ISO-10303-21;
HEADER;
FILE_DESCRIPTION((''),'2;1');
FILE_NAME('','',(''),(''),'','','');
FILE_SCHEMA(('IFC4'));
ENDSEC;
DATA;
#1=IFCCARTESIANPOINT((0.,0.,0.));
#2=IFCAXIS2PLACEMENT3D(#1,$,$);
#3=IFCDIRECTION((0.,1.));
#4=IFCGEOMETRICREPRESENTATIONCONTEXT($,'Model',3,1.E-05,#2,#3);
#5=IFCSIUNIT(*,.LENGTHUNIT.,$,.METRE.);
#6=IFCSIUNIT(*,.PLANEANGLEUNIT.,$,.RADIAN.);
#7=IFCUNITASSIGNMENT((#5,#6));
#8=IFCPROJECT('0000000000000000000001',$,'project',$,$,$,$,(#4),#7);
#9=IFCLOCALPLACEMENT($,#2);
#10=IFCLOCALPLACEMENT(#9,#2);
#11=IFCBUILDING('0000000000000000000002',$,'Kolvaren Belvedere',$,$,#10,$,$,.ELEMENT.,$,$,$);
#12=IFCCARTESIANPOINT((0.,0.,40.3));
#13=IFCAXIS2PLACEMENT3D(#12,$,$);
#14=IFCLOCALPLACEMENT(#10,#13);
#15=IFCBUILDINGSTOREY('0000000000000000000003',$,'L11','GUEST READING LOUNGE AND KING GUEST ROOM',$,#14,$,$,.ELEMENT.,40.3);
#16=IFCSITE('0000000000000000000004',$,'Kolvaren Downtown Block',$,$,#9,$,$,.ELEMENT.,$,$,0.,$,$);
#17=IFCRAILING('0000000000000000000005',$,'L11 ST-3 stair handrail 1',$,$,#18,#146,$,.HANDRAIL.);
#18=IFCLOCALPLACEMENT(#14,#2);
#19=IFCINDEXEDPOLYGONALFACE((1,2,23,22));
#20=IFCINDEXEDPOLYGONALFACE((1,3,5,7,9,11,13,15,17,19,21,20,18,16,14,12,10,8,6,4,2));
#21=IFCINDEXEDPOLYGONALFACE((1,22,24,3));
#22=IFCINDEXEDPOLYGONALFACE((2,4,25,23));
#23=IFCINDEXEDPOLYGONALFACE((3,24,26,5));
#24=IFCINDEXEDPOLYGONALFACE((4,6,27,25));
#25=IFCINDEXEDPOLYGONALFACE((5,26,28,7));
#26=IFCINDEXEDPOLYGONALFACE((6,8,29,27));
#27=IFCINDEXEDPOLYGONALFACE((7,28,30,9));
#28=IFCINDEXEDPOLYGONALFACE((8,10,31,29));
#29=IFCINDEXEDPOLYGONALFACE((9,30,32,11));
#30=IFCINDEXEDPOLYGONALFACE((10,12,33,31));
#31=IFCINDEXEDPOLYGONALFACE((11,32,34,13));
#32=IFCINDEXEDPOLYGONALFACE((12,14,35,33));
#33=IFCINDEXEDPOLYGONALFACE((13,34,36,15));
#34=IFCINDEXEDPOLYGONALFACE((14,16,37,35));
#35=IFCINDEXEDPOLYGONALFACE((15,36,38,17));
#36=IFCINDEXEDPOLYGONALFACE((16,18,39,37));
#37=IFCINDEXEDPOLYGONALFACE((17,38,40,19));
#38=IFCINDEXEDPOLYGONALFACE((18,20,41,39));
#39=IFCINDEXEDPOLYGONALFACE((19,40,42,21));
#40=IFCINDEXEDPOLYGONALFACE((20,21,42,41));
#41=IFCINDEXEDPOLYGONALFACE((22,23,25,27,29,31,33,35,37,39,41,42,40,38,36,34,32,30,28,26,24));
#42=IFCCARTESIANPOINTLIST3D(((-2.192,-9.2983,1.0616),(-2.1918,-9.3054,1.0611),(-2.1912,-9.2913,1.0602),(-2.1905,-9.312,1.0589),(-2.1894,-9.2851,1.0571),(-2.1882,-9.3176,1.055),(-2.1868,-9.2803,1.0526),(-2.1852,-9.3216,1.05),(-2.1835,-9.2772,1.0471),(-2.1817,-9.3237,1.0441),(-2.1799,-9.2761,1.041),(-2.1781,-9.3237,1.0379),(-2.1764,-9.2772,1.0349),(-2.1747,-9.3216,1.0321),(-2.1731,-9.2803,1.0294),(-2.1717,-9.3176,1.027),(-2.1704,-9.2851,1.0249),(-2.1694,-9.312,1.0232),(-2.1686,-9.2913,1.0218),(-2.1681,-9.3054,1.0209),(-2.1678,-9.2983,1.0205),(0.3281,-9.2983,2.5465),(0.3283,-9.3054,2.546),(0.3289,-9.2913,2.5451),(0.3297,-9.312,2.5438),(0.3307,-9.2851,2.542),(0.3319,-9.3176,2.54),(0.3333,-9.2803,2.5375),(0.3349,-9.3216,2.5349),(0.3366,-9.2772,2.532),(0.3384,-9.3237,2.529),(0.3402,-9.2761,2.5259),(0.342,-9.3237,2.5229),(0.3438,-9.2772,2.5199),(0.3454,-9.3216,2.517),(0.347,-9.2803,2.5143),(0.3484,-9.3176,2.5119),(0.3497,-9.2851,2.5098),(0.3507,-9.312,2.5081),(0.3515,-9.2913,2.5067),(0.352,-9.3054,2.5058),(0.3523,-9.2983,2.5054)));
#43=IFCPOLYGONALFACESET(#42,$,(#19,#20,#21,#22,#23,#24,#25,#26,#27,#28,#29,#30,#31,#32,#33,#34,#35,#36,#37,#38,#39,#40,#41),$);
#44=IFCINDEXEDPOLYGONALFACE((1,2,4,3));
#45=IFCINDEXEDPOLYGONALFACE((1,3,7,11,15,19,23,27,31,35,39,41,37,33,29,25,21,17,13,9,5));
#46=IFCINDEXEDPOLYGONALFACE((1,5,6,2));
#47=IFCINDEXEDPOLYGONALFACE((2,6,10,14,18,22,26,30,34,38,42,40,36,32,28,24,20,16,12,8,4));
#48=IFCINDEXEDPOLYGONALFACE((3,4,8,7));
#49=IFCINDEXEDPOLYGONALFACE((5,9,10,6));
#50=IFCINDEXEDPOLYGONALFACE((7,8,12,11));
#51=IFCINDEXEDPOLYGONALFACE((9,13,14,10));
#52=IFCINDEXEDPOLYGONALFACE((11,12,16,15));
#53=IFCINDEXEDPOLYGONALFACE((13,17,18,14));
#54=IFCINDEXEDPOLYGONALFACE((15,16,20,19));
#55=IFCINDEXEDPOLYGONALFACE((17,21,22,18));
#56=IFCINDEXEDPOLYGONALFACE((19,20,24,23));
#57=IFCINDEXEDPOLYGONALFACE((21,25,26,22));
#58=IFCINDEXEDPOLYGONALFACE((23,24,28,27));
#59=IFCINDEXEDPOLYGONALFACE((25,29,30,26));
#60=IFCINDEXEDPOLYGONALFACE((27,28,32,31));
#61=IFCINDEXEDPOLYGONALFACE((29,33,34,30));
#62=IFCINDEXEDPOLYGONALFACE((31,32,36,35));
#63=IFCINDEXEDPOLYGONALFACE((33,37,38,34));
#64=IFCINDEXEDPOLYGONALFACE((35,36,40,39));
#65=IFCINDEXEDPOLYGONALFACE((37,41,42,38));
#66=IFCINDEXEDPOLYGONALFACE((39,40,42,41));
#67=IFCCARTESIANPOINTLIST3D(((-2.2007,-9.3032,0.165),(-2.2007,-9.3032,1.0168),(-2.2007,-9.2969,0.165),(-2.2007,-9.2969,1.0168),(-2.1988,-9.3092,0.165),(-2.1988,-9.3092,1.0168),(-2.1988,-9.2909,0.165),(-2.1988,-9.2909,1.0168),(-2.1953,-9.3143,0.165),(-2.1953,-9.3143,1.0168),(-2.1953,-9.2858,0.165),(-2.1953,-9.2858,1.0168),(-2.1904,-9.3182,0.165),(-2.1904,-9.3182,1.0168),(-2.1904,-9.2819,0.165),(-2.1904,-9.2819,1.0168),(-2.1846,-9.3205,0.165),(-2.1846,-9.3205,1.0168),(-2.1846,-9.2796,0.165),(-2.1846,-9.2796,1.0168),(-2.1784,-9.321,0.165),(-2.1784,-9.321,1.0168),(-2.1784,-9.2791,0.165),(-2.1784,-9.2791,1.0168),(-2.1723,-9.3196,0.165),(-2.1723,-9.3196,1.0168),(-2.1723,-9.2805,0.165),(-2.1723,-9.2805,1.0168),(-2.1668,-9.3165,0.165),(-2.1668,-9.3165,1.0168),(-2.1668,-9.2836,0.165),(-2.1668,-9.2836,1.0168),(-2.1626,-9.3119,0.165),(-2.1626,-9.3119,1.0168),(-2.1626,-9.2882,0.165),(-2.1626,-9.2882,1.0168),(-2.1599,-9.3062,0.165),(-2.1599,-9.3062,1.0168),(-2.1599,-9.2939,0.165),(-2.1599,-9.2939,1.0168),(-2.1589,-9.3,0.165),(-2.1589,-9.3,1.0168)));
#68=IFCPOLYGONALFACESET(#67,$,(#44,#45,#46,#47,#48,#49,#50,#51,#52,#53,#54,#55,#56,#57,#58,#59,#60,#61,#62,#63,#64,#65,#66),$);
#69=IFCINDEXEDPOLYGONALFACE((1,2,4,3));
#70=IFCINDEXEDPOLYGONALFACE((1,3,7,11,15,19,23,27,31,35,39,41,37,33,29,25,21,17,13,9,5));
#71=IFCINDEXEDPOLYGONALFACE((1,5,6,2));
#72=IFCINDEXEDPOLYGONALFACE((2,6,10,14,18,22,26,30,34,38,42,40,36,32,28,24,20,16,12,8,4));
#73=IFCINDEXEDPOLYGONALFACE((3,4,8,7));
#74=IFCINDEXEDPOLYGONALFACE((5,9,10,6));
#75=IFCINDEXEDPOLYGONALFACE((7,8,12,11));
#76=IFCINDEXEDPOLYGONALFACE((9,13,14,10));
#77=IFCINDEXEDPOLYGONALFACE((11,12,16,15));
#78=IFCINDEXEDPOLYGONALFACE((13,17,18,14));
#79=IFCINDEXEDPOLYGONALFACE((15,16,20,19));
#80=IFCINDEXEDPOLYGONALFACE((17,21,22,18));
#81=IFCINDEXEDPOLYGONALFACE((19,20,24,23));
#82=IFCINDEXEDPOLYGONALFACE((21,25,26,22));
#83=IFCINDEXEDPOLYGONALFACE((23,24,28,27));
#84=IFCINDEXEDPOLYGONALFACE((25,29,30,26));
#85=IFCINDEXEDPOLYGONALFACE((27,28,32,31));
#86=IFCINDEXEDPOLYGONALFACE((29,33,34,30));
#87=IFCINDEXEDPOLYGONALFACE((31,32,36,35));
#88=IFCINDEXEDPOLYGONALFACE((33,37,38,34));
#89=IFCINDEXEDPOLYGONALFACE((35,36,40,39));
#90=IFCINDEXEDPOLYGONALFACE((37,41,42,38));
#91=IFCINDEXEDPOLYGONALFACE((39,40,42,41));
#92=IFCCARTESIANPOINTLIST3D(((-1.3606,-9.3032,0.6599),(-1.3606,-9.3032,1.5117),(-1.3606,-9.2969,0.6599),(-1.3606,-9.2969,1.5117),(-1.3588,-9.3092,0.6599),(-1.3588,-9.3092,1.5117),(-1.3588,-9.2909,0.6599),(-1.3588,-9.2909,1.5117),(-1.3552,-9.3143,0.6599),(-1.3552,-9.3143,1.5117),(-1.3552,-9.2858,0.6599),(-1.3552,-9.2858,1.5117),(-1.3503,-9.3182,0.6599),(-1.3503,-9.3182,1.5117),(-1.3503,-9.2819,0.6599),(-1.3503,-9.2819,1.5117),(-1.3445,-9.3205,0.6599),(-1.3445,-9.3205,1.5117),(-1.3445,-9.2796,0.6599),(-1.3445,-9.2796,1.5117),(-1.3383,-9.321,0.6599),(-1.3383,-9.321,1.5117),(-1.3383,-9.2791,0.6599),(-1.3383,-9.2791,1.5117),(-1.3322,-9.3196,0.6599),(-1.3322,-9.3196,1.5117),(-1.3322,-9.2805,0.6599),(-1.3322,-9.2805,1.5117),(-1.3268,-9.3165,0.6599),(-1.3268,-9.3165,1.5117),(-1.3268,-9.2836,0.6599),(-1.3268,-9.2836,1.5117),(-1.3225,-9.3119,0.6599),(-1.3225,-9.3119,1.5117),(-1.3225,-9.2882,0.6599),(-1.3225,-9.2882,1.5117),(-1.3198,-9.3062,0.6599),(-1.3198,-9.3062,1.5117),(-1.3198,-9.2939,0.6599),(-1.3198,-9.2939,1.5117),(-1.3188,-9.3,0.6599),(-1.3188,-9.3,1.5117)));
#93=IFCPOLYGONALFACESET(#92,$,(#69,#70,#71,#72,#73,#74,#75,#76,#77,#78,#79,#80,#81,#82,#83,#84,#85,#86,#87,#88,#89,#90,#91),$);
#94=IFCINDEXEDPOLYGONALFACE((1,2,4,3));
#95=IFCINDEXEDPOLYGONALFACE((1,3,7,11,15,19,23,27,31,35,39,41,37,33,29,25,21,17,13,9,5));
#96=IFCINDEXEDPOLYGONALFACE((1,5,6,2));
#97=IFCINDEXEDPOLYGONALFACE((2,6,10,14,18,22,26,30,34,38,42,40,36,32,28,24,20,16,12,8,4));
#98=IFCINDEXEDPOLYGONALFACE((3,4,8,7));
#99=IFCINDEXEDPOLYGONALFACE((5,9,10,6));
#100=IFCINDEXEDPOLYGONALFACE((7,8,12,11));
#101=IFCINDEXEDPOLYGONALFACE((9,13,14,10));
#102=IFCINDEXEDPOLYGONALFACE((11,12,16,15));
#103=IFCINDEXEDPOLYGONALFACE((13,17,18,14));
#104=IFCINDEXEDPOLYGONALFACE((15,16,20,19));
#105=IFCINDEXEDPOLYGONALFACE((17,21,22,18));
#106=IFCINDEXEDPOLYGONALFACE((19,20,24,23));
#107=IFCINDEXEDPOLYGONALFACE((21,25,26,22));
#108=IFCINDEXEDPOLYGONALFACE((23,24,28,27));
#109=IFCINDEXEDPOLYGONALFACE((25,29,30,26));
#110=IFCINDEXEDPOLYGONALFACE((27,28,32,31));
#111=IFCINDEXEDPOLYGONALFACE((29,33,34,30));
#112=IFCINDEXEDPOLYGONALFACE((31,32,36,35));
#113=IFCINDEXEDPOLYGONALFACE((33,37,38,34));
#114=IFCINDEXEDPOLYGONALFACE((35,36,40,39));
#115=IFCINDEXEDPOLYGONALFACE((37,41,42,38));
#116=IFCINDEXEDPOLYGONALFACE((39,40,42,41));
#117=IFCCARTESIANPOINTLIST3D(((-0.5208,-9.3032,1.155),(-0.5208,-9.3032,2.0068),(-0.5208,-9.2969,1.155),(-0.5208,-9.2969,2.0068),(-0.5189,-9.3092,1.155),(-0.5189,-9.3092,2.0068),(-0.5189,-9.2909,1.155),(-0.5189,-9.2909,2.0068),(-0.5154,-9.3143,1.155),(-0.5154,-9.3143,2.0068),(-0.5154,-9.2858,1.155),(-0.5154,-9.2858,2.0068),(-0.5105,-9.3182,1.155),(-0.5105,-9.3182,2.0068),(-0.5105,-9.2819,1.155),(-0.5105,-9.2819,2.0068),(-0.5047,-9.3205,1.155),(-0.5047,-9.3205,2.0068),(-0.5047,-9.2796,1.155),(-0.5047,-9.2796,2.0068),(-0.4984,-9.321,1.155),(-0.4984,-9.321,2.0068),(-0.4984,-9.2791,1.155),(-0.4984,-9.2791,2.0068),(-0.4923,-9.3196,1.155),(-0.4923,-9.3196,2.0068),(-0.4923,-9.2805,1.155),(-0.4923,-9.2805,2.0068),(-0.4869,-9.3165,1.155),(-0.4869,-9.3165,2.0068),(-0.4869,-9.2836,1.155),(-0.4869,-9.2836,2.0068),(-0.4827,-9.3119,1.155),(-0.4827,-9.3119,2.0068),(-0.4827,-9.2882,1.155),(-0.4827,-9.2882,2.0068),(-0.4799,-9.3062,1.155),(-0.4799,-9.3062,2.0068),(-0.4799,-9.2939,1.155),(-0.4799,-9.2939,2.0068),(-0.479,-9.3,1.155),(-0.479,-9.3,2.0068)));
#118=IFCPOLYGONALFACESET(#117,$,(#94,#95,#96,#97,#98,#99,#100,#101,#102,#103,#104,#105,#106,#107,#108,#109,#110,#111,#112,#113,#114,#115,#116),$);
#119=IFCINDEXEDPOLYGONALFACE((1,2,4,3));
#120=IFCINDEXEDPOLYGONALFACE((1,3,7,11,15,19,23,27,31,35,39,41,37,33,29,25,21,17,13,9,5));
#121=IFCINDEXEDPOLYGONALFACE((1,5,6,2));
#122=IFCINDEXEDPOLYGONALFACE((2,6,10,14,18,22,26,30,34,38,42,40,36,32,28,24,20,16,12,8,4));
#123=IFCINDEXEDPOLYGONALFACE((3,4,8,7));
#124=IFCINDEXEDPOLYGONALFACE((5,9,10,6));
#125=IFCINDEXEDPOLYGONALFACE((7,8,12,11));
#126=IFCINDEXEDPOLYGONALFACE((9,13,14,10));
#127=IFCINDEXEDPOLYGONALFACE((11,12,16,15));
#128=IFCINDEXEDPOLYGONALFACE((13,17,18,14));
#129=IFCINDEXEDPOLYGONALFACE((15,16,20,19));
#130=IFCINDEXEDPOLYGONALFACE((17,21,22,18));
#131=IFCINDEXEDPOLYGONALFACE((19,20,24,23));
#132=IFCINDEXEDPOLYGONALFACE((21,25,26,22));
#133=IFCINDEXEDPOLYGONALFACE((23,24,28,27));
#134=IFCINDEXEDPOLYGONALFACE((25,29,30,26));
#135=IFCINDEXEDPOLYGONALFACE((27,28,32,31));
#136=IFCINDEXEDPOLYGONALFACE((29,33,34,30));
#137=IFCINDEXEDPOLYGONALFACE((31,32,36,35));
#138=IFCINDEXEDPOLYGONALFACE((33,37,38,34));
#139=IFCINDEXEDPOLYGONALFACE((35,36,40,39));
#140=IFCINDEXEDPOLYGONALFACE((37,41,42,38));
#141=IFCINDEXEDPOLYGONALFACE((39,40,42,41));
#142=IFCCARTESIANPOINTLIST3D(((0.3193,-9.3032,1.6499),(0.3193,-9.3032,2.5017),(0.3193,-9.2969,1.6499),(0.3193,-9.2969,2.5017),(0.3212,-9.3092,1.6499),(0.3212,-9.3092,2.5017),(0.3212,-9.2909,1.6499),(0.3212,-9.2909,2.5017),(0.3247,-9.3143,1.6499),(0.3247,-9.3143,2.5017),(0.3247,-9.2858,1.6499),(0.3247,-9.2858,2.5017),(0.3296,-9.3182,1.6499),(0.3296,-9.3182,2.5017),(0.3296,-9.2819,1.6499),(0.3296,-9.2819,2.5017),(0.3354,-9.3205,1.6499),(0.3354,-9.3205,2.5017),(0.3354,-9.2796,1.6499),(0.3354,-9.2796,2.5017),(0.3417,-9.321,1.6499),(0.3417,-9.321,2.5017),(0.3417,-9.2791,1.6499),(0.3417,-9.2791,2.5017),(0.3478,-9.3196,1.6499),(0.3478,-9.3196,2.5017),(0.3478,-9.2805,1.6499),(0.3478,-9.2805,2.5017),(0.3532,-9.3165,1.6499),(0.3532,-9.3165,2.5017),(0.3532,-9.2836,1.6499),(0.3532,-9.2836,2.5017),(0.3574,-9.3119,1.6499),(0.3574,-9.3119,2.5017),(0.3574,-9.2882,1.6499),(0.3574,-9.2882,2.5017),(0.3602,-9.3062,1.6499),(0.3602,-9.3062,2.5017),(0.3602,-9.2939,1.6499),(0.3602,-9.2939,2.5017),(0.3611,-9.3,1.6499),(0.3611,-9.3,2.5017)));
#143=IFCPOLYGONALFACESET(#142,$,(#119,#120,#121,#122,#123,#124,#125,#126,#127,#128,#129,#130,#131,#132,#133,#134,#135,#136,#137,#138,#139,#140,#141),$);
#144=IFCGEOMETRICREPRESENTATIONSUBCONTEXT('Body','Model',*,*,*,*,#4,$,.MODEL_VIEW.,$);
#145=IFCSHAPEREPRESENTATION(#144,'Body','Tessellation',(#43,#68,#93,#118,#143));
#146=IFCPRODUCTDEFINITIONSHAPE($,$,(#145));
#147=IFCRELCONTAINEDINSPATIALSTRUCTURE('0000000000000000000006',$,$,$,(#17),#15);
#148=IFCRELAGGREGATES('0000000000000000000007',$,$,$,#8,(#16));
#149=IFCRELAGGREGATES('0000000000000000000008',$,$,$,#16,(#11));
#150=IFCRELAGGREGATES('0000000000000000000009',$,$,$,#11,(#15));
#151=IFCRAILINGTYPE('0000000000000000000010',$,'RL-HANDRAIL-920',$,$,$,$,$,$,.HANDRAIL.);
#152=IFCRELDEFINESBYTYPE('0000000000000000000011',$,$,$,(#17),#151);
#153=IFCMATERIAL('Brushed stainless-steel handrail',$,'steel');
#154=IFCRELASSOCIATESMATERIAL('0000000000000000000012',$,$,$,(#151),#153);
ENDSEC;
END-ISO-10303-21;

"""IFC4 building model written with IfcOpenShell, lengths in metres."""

from ifc_helpers import new_model, si_unit, direction, frame, origin, origin_2d, place, context, subcontext, project, spatial, circle, extrude, material, type_object, element, save


model = new_model("IFC4")

# Units and contexts
model_context = context("Model", 3, precision=1e-05, world=origin(), true_north=direction((0.0, 1.0)))
body_context = subcontext(model_context, "Body", "Model", "MODEL_VIEW")
ifc_project = project(units=[si_unit("LENGTHUNIT", "METRE"), si_unit("PLANEANGLEUNIT", "RADIAN")], contexts=[model_context])

# Site, building, storey
site_placement = place(None, origin())
site = spatial("IfcSite", under=ifc_project, at=site_placement, Name="Kolvaren Downtown Block", CompositionType="ELEMENT", RefElevation=0.0)
building_placement = place(site_placement, origin())
building = spatial("IfcBuilding", under=site, at=building_placement, Name="Kolvaren Belvedere", CompositionType="ELEMENT")
storey_placement = place(building_placement, frame((0.0, 0.0, 40.3)))
storey = spatial("IfcBuildingStorey", under=building, at=storey_placement, Name="L11", Description="GUEST READING LOUNGE AND KING GUEST ROOM", CompositionType="ELEMENT", Elevation=40.3)

# Railing
ifc_material_1 = material(Name="Brushed stainless-steel handrail", Category="steel")
railing_type_1 = type_object("IfcRailingType", Name="RL-HANDRAIL-920", PredefinedType="HANDRAIL", material=ifc_material_1)
railing_1_placement = place(storey_placement, frame((-2.1799, -9.3, 0.165)))
element("IfcRailing", 1, at=railing_1_placement, inside=storey, type_object=railing_type_1, Name="L11 ST-3 stair handrail 1", PredefinedType="HANDRAIL", context=body_context, shape_type="SweptSolid", body=[
    extrude(circle(Radius=0.0239, at=origin_2d()), frame((0.0, 0.0, 0.876), z_axis=(0.861561, 0.0, 0.507655), x_axis=(0.0, 1.0, 0.0)), (0.0, 0.0, 1.0), 2.925),
    extrude(circle(Radius=0.021, at=origin_2d()), origin(), (0.0, 0.0, 1.0), 0.8518),
    extrude(circle(Radius=0.021, at=origin_2d()), frame((0.8401, 0.0, 0.4949)), (0.0, 0.0, 1.0), 0.8518),
    extrude(circle(Radius=0.021, at=origin_2d()), frame((1.6799, 0.0, 0.99)), (0.0, 0.0, 1.0), 0.8518),
    extrude(circle(Radius=0.021, at=origin_2d()), frame((2.52, 0.0, 1.4849)), (0.0, 0.0, 1.0), 0.8518),
])

save(model, "model.ifc")
